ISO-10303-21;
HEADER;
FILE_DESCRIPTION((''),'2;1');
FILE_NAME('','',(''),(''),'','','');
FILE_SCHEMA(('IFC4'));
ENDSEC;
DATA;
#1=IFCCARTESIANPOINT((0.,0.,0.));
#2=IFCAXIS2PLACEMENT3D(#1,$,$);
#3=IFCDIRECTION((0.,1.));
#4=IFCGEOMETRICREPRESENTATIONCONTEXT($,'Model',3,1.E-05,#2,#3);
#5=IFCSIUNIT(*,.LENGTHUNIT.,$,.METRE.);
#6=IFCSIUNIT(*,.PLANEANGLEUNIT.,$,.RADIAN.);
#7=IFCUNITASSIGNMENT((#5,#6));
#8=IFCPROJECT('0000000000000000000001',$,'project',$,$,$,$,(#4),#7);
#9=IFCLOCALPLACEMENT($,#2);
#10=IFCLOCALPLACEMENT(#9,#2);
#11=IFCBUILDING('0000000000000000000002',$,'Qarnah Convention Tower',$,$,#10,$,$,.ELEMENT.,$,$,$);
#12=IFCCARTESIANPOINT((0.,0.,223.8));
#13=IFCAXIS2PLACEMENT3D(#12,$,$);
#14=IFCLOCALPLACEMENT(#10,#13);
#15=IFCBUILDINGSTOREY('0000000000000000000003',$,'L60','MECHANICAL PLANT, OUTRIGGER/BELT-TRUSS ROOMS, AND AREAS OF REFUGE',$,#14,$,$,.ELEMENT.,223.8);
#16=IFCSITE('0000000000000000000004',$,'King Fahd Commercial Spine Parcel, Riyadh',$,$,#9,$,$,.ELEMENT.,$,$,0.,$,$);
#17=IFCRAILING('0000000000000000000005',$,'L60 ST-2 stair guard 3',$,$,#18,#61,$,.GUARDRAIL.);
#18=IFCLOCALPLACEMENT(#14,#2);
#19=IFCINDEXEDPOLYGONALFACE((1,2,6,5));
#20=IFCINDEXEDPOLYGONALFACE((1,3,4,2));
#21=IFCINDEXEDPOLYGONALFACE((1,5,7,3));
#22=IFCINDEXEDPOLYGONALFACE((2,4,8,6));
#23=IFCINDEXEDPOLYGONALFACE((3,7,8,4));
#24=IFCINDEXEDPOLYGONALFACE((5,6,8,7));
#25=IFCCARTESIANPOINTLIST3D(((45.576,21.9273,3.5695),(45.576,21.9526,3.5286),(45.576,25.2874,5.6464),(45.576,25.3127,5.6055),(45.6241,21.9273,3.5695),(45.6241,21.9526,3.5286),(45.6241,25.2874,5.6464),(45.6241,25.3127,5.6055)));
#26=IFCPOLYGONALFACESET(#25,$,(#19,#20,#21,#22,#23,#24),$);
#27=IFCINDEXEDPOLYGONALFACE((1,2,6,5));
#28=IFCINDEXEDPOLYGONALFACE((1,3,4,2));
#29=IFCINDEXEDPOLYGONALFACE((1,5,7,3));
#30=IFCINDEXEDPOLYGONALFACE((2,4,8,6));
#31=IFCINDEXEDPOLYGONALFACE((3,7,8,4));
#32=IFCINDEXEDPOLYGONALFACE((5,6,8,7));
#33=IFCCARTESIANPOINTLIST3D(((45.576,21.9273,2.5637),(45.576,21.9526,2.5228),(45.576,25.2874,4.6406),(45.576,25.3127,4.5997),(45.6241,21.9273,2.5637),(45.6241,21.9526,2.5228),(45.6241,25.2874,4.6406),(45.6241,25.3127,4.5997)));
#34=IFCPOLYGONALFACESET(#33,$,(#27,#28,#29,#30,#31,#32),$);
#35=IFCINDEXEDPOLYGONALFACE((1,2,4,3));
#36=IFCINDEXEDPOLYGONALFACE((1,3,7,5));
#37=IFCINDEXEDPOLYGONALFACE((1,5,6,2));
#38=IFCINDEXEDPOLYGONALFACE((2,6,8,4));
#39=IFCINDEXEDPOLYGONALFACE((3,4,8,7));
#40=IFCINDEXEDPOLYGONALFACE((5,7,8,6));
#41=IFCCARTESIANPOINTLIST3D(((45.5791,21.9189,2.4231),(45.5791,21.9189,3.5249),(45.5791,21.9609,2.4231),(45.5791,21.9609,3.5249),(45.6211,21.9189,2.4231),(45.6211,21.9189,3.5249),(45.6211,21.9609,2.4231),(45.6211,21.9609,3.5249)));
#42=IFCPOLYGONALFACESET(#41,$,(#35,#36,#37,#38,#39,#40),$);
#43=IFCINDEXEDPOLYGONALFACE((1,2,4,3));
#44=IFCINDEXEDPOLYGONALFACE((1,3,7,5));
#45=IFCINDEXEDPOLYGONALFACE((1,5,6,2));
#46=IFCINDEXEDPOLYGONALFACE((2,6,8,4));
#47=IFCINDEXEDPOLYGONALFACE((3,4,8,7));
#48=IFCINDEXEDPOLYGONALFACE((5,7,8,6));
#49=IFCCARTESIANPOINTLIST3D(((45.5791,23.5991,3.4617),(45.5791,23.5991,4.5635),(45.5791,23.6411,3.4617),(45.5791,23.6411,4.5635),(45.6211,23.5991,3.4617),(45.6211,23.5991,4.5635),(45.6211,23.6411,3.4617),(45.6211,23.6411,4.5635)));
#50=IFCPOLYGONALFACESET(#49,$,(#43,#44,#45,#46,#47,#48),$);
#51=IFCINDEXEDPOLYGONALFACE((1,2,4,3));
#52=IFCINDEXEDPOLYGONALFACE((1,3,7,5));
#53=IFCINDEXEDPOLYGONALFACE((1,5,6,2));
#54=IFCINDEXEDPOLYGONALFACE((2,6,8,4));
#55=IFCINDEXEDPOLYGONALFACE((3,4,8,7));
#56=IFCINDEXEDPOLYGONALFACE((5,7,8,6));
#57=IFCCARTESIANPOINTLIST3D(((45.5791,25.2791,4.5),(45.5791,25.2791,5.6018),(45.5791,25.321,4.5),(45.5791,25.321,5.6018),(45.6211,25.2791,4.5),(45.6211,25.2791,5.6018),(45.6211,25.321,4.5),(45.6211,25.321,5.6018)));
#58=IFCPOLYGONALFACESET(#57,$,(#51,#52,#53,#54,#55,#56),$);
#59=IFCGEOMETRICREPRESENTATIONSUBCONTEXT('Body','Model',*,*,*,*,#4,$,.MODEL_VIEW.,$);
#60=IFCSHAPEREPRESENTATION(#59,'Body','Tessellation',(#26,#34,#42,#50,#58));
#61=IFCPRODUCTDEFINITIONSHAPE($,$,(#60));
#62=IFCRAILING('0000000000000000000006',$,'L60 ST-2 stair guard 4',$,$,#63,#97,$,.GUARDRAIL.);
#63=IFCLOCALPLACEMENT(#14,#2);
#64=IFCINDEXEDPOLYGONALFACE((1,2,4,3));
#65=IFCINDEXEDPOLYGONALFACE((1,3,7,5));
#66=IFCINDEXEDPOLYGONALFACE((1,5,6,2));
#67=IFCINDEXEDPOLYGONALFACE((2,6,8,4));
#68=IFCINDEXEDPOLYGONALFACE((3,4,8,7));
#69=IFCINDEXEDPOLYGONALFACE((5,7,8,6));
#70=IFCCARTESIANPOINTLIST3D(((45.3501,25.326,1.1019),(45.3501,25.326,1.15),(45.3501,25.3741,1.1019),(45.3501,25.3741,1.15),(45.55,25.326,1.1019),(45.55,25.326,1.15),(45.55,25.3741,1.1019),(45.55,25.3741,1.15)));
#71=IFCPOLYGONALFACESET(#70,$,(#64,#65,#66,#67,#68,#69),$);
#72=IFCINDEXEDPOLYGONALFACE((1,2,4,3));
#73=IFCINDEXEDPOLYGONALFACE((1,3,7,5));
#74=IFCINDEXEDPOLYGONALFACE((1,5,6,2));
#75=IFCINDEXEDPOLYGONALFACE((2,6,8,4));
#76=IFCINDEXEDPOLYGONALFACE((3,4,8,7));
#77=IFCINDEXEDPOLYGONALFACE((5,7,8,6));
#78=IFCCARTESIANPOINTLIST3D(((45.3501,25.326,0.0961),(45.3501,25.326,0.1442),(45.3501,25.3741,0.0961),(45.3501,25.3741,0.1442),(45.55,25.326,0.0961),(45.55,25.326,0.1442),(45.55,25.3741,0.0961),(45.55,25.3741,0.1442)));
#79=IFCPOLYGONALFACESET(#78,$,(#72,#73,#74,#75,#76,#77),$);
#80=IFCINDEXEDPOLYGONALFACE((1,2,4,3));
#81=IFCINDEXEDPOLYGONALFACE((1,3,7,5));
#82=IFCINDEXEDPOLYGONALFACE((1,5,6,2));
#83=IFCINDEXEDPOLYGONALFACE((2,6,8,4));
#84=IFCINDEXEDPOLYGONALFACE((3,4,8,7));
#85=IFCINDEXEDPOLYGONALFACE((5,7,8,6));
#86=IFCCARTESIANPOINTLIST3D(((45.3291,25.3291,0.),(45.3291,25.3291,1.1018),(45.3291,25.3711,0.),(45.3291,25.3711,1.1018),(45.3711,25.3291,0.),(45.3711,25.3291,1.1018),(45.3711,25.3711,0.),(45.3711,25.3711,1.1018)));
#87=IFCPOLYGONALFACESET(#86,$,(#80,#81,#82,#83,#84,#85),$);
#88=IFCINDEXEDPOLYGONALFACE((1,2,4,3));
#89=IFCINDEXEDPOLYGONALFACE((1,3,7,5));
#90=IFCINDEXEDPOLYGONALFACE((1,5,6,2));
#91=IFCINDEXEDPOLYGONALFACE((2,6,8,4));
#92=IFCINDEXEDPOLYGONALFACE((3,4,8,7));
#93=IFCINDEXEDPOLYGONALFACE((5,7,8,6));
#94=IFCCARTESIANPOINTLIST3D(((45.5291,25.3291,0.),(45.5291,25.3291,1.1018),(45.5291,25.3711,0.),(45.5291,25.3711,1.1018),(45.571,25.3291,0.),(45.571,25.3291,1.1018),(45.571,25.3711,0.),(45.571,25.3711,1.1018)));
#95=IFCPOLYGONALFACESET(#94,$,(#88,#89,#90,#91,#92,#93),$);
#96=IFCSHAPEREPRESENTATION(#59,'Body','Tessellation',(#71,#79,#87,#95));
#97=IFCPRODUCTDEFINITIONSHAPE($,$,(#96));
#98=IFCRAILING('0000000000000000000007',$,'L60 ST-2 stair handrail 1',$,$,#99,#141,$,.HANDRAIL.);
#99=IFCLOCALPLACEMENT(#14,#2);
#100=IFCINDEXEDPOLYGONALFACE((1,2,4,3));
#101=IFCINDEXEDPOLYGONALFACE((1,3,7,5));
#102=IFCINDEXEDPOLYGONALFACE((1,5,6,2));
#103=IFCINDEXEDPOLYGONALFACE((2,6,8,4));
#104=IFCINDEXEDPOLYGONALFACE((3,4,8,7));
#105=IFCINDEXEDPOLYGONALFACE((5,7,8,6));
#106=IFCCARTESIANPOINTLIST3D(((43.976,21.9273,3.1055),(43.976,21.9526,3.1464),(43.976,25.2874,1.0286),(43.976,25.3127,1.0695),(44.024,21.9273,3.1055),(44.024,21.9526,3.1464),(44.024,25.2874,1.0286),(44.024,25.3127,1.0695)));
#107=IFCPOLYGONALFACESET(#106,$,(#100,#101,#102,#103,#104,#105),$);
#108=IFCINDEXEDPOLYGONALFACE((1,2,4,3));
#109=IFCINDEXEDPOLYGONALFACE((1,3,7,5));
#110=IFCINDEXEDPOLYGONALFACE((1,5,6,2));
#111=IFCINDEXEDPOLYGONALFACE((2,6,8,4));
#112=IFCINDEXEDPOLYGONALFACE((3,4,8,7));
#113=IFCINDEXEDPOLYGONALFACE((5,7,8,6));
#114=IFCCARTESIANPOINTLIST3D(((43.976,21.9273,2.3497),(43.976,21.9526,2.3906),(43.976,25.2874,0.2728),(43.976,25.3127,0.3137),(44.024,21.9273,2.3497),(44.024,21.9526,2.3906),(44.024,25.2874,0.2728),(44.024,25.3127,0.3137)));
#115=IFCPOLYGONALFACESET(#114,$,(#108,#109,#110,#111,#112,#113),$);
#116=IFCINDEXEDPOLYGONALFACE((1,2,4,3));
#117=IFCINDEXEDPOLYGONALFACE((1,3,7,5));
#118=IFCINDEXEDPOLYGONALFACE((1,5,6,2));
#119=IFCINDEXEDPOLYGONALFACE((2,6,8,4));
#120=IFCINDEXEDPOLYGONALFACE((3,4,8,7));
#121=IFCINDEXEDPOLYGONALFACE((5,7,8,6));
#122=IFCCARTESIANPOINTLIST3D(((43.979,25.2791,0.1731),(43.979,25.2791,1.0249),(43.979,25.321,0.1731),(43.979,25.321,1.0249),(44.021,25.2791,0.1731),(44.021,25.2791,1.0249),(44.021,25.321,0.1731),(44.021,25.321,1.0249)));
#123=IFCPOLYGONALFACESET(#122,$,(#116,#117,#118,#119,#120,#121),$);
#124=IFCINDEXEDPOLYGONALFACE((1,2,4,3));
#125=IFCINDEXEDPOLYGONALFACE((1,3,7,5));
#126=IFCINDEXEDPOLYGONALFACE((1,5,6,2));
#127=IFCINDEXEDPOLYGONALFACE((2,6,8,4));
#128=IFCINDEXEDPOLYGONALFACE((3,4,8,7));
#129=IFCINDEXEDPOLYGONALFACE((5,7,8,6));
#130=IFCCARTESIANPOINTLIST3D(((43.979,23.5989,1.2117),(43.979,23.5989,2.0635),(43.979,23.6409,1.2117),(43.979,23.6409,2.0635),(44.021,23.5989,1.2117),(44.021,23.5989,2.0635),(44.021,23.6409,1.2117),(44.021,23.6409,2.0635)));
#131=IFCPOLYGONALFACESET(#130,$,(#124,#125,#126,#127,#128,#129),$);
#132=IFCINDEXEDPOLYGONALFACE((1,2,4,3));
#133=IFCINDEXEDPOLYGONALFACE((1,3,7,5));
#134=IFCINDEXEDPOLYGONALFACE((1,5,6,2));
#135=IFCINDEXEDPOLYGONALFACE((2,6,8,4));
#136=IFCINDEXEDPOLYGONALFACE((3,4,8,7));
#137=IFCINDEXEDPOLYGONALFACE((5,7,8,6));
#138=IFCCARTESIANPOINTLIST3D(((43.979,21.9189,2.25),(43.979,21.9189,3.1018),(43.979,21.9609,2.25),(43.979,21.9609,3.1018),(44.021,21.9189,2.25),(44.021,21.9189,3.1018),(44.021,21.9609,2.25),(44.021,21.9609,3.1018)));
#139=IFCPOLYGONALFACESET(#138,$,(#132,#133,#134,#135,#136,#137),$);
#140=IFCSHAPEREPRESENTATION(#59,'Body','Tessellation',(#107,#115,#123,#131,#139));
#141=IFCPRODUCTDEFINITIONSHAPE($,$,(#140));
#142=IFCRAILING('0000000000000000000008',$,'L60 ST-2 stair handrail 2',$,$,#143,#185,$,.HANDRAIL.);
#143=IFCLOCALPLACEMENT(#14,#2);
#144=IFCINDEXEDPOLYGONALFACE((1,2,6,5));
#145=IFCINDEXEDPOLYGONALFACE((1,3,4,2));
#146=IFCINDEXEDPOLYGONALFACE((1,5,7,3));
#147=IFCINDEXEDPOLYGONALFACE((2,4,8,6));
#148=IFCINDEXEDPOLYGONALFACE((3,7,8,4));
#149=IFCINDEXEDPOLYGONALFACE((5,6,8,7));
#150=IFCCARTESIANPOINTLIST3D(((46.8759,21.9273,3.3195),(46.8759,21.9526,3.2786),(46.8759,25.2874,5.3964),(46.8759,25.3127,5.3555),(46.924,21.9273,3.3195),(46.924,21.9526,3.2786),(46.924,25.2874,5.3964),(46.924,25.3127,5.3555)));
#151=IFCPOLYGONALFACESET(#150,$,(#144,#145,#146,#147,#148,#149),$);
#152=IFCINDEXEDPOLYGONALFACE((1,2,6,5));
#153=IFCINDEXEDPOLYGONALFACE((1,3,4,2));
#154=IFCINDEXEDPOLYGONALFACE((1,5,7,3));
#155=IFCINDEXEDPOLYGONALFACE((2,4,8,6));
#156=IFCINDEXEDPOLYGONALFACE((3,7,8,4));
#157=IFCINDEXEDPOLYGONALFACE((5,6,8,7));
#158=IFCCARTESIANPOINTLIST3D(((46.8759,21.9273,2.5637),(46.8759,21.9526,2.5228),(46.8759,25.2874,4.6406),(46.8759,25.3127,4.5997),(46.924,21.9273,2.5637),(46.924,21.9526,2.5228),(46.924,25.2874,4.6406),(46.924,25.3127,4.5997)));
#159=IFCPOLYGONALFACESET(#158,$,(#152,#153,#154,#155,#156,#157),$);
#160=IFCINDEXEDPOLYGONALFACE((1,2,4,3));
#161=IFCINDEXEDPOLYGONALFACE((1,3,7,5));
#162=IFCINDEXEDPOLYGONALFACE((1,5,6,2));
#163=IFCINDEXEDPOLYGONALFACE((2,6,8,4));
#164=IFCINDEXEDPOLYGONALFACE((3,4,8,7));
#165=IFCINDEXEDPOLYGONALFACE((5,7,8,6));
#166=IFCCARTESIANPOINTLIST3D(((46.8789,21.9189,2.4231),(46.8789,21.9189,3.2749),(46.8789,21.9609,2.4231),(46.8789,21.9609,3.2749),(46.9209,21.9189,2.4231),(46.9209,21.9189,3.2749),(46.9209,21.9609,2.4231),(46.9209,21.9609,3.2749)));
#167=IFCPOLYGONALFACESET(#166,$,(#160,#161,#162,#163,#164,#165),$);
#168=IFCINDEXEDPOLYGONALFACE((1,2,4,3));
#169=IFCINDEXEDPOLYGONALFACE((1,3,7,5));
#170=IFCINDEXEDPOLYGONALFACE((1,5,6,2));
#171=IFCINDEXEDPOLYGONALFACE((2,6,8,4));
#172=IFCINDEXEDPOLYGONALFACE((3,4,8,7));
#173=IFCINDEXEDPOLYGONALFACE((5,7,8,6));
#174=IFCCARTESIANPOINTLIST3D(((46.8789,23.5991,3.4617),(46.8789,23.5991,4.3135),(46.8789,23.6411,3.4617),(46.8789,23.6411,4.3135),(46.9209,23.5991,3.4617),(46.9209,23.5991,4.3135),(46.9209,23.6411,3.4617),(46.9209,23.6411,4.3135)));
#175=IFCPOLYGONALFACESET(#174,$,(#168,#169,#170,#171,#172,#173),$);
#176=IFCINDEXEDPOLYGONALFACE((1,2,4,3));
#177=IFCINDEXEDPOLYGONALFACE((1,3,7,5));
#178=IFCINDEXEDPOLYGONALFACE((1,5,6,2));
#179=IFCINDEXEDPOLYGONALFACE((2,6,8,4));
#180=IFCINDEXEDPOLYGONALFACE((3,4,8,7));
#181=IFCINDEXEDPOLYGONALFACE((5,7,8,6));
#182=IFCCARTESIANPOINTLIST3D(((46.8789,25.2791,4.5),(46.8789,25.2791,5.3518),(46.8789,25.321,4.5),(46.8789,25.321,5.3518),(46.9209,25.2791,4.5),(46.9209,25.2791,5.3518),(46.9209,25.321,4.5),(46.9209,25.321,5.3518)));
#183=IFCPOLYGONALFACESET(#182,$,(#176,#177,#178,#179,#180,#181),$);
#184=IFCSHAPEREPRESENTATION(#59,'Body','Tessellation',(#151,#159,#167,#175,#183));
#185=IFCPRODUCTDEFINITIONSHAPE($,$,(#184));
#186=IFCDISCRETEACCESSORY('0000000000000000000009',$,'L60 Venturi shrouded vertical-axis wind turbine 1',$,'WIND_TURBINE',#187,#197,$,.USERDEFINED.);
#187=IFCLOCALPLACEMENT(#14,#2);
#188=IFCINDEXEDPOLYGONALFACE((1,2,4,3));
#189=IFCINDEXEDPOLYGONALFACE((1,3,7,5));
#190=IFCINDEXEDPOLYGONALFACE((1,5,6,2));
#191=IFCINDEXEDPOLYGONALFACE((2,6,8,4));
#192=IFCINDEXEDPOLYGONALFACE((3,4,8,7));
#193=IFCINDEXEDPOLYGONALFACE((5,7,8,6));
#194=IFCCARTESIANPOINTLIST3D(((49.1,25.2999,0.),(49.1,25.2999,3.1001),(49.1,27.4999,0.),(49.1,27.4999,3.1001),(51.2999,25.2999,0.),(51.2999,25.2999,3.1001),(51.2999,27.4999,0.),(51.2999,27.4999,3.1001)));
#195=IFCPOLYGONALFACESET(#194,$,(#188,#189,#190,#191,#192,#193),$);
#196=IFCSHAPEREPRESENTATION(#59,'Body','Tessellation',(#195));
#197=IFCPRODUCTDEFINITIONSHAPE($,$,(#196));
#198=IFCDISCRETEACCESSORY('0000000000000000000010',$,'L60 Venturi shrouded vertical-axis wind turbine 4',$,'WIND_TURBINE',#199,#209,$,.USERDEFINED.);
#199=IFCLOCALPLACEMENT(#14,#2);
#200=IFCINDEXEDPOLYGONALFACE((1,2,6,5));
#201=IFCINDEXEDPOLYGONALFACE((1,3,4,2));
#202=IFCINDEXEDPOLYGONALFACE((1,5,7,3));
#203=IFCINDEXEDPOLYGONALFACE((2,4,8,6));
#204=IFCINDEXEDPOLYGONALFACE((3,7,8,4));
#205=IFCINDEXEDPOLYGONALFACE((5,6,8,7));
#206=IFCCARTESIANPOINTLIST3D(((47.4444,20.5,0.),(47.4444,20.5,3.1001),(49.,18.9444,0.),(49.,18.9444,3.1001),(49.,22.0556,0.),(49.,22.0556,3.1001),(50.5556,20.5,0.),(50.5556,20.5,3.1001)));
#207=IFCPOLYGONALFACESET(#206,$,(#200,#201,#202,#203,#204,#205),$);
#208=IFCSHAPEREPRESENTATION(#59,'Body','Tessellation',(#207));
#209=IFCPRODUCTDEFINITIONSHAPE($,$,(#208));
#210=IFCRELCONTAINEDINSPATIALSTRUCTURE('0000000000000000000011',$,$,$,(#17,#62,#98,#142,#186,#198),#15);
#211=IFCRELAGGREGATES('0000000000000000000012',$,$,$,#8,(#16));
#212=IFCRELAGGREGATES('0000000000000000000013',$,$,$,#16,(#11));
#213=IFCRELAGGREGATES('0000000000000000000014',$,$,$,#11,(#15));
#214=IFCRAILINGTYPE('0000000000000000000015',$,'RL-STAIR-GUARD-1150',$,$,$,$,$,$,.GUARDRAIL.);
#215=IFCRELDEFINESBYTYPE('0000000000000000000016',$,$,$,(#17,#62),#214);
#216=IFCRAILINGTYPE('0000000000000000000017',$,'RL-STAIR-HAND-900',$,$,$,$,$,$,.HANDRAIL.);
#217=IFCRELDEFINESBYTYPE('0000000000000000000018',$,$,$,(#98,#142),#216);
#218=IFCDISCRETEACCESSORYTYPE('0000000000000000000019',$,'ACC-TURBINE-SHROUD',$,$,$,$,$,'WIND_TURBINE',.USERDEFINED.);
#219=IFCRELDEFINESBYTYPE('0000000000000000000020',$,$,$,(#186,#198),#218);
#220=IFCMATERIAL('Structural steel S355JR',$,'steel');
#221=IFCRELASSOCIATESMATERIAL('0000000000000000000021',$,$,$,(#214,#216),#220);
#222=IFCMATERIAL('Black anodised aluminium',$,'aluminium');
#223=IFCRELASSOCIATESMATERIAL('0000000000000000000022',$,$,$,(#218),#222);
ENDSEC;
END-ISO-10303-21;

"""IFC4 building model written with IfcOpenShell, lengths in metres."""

from ifc_helpers import new_model, si_unit, direction, frame, origin, origin_2d, place, context, subcontext, project, spatial, rectangle, extrude, material, type_object, element, save


model = new_model("IFC4")

# Units and contexts
model_context = context("Model", 3, precision=1e-05, world=origin(), true_north=direction((0.0, 1.0)))
body_context = subcontext(model_context, "Body", "Model", "MODEL_VIEW")
ifc_project = project(units=[si_unit("LENGTHUNIT", "METRE"), si_unit("PLANEANGLEUNIT", "RADIAN")], contexts=[model_context])

# Site, building, storey
site_placement = place(None, origin())
site = spatial("IfcSite", under=ifc_project, at=site_placement, Name="King Fahd Commercial Spine Parcel, Riyadh", CompositionType="ELEMENT", RefElevation=0.0)
building_placement = place(site_placement, origin())
building = spatial("IfcBuilding", under=site, at=building_placement, Name="Qarnah Convention Tower", CompositionType="ELEMENT")
storey_placement = place(building_placement, frame((0.0, 0.0, 223.8)))
storey = spatial("IfcBuildingStorey", under=building, at=storey_placement, Name="L60", Description="MECHANICAL PLANT, OUTRIGGER/BELT-TRUSS ROOMS, AND AREAS OF REFUGE", CompositionType="ELEMENT", Elevation=223.8)

# Shared definitions
ifc_material_1 = material(Name="Structural steel S355JR", Category="steel")

# Railings
railing_type_1 = type_object("IfcRailingType", Name="RL-STAIR-GUARD-1150", PredefinedType="GUARDRAIL", material=ifc_material_1)
railing_1_placement = place(storey_placement, frame((45.6001, 21.9399, 2.4231)))
element("IfcRailing", 1, at=railing_1_placement, inside=storey, type_object=railing_type_1, Name="L60 ST-2 stair guard 3", PredefinedType="GUARDRAIL", context=body_context, shape_type="SweptSolid", body=[
    extrude(rectangle(XDim=0.0481, YDim=0.0481, at=origin_2d()), frame((0.0, 0.0, 1.126), z_axis=(0.0, 0.850623, 0.525776), x_axis=(-1.0, 0.0, 0.0)), (0.0, 0.0, 1.0), 3.9502),
    extrude(rectangle(XDim=0.0481, YDim=0.0481, at=origin_2d()), frame((0.0, 0.0, 0.1201), z_axis=(0.0, 0.850623, 0.525776), x_axis=(-1.0, 0.0, 0.0)), (0.0, 0.0, 1.0), 3.9502),
    extrude(rectangle(XDim=0.042, YDim=0.042, at=origin_2d()), origin(), (0.0, 0.0, 1.0), 1.1018),
    extrude(rectangle(XDim=0.042, YDim=0.042, at=origin_2d()), frame((0.0, 1.6802, 1.0386)), (0.0, 0.0, 1.0), 1.1018),
    extrude(rectangle(XDim=0.042, YDim=0.042, at=origin_2d()), frame((0.0, 3.3601, 2.0769)), (0.0, 0.0, 1.0), 1.1018),
])
railing_2_placement = place(storey_placement, frame((45.3501, 25.3501, 0.0)))
element("IfcRailing", 2, at=railing_2_placement, inside=storey, type_object=railing_type_1, Name="L60 ST-2 stair guard 4", PredefinedType="GUARDRAIL", context=body_context, shape_type="SweptSolid", body=[
    extrude(rectangle(XDim=0.0481, YDim=0.0481, at=origin_2d()), frame((0.0, 0.0, 1.126), z_axis=(1.0, 0.0, 0.0), x_axis=(0.0, 1.0, 0.0)), (0.0, 0.0, 1.0), 0.2),
    extrude(rectangle(XDim=0.0481, YDim=0.0481, at=origin_2d()), frame((0.0, 0.0, 0.1201), z_axis=(1.0, 0.0, 0.0), x_axis=(0.0, 1.0, 0.0)), (0.0, 0.0, 1.0), 0.2),
    extrude(rectangle(XDim=0.042, YDim=0.042, at=origin_2d()), origin(), (0.0, 0.0, 1.0), 1.1018),
    extrude(rectangle(XDim=0.042, YDim=0.042, at=origin_2d()), frame((0.2, 0.0, 0.0)), (0.0, 0.0, 1.0), 1.1018),
])
railing_type_2 = type_object("IfcRailingType", Name="RL-STAIR-HAND-900", PredefinedType="HANDRAIL", material=ifc_material_1)
railing_3_placement = place(storey_placement, frame((44.0, 25.3, 0.1731)))
element("IfcRailing", 3, at=railing_3_placement, inside=storey, type_object=railing_type_2, Name="L60 ST-2 stair handrail 1", PredefinedType="HANDRAIL", context=body_context, shape_type="SweptSolid", body=[
    extrude(rectangle(XDim=0.0481, YDim=0.0481, at=origin_2d()), frame((0.0, 0.0, 0.876), z_axis=(0.0, -0.850623, 0.525776), x_axis=(1.0, 0.0, 0.0)), (0.0, 0.0, 1.0), 3.9502),
    extrude(rectangle(XDim=0.0481, YDim=0.0481, at=origin_2d()), frame((0.0, 0.0, 0.1201), z_axis=(0.0, -0.850623, 0.525776), x_axis=(1.0, 0.0, 0.0)), (0.0, 0.0, 1.0), 3.9502),
    extrude(rectangle(XDim=0.042, YDim=0.042, at=origin_2d()), origin(), (0.0, 0.0, 1.0), 0.8518),
    extrude(rectangle(XDim=0.042, YDim=0.042, at=origin_2d()), frame((0.0, -1.6802, 1.0386)), (0.0, 0.0, 1.0), 0.8518),
    extrude(rectangle(XDim=0.042, YDim=0.042, at=origin_2d()), frame((0.0, -3.3601, 2.0769)), (0.0, 0.0, 1.0), 0.8518),
])
railing_4_placement = place(storey_placement, frame((46.8999, 21.9399, 2.4231)))
element("IfcRailing", 4, at=railing_4_placement, inside=storey, type_object=railing_type_2, Name="L60 ST-2 stair handrail 2", PredefinedType="HANDRAIL", context=body_context, shape_type="SweptSolid", body=[
    extrude(rectangle(XDim=0.0481, YDim=0.0481, at=origin_2d()), frame((0.0, 0.0, 0.876), z_axis=(0.0, 0.850623, 0.525776), x_axis=(-1.0, 0.0, 0.0)), (0.0, 0.0, 1.0), 3.9502),
    extrude(rectangle(XDim=0.0481, YDim=0.0481, at=origin_2d()), frame((0.0, 0.0, 0.1201), z_axis=(0.0, 0.850623, 0.525776), x_axis=(-1.0, 0.0, 0.0)), (0.0, 0.0, 1.0), 3.9502),
    extrude(rectangle(XDim=0.042, YDim=0.042, at=origin_2d()), origin(), (0.0, 0.0, 1.0), 0.8518),
    extrude(rectangle(XDim=0.042, YDim=0.042, at=origin_2d()), frame((0.0, 1.6802, 1.0386)), (0.0, 0.0, 1.0), 0.8518),
    extrude(rectangle(XDim=0.042, YDim=0.042, at=origin_2d()), frame((0.0, 3.3601, 2.0769)), (0.0, 0.0, 1.0), 0.8518),
])

# Discrete accessories
ifc_material_2 = material(Name="Black anodised aluminium", Category="aluminium")
discrete_accessory_type = type_object("IfcDiscreteAccessoryType", Name="ACC-TURBINE-SHROUD", ElementType="WIND_TURBINE", PredefinedType="USERDEFINED", material=ifc_material_2)
for number, where, z_axis, x_axis, name in (
    (5, (50.2, 26.3999, 0.0), (0.0, 0.0, 1.0), (1.0, 0.0, 0.0), "L60 Venturi shrouded vertical-axis wind turbine 1"),
    (6, (49.0, 20.5, 0.0), (0.0, 0.0, 1.0), (0.707107, -0.707107, 0.0), "L60 Venturi shrouded vertical-axis wind turbine 4"),
):
    element("IfcDiscreteAccessory", number, at=place(storey_placement, frame(where, z_axis=z_axis, x_axis=x_axis)), inside=storey, type_object=discrete_accessory_type, Name=name, ObjectType="WIND_TURBINE", PredefinedType="USERDEFINED", context=body_context, shape_type="SweptSolid", body=[
        extrude(rectangle(XDim=2.2, YDim=2.2, at=origin_2d()), origin(), (0.0, 0.0, 1.0), 3.1001),
    ])

save(model, "model.ifc")
